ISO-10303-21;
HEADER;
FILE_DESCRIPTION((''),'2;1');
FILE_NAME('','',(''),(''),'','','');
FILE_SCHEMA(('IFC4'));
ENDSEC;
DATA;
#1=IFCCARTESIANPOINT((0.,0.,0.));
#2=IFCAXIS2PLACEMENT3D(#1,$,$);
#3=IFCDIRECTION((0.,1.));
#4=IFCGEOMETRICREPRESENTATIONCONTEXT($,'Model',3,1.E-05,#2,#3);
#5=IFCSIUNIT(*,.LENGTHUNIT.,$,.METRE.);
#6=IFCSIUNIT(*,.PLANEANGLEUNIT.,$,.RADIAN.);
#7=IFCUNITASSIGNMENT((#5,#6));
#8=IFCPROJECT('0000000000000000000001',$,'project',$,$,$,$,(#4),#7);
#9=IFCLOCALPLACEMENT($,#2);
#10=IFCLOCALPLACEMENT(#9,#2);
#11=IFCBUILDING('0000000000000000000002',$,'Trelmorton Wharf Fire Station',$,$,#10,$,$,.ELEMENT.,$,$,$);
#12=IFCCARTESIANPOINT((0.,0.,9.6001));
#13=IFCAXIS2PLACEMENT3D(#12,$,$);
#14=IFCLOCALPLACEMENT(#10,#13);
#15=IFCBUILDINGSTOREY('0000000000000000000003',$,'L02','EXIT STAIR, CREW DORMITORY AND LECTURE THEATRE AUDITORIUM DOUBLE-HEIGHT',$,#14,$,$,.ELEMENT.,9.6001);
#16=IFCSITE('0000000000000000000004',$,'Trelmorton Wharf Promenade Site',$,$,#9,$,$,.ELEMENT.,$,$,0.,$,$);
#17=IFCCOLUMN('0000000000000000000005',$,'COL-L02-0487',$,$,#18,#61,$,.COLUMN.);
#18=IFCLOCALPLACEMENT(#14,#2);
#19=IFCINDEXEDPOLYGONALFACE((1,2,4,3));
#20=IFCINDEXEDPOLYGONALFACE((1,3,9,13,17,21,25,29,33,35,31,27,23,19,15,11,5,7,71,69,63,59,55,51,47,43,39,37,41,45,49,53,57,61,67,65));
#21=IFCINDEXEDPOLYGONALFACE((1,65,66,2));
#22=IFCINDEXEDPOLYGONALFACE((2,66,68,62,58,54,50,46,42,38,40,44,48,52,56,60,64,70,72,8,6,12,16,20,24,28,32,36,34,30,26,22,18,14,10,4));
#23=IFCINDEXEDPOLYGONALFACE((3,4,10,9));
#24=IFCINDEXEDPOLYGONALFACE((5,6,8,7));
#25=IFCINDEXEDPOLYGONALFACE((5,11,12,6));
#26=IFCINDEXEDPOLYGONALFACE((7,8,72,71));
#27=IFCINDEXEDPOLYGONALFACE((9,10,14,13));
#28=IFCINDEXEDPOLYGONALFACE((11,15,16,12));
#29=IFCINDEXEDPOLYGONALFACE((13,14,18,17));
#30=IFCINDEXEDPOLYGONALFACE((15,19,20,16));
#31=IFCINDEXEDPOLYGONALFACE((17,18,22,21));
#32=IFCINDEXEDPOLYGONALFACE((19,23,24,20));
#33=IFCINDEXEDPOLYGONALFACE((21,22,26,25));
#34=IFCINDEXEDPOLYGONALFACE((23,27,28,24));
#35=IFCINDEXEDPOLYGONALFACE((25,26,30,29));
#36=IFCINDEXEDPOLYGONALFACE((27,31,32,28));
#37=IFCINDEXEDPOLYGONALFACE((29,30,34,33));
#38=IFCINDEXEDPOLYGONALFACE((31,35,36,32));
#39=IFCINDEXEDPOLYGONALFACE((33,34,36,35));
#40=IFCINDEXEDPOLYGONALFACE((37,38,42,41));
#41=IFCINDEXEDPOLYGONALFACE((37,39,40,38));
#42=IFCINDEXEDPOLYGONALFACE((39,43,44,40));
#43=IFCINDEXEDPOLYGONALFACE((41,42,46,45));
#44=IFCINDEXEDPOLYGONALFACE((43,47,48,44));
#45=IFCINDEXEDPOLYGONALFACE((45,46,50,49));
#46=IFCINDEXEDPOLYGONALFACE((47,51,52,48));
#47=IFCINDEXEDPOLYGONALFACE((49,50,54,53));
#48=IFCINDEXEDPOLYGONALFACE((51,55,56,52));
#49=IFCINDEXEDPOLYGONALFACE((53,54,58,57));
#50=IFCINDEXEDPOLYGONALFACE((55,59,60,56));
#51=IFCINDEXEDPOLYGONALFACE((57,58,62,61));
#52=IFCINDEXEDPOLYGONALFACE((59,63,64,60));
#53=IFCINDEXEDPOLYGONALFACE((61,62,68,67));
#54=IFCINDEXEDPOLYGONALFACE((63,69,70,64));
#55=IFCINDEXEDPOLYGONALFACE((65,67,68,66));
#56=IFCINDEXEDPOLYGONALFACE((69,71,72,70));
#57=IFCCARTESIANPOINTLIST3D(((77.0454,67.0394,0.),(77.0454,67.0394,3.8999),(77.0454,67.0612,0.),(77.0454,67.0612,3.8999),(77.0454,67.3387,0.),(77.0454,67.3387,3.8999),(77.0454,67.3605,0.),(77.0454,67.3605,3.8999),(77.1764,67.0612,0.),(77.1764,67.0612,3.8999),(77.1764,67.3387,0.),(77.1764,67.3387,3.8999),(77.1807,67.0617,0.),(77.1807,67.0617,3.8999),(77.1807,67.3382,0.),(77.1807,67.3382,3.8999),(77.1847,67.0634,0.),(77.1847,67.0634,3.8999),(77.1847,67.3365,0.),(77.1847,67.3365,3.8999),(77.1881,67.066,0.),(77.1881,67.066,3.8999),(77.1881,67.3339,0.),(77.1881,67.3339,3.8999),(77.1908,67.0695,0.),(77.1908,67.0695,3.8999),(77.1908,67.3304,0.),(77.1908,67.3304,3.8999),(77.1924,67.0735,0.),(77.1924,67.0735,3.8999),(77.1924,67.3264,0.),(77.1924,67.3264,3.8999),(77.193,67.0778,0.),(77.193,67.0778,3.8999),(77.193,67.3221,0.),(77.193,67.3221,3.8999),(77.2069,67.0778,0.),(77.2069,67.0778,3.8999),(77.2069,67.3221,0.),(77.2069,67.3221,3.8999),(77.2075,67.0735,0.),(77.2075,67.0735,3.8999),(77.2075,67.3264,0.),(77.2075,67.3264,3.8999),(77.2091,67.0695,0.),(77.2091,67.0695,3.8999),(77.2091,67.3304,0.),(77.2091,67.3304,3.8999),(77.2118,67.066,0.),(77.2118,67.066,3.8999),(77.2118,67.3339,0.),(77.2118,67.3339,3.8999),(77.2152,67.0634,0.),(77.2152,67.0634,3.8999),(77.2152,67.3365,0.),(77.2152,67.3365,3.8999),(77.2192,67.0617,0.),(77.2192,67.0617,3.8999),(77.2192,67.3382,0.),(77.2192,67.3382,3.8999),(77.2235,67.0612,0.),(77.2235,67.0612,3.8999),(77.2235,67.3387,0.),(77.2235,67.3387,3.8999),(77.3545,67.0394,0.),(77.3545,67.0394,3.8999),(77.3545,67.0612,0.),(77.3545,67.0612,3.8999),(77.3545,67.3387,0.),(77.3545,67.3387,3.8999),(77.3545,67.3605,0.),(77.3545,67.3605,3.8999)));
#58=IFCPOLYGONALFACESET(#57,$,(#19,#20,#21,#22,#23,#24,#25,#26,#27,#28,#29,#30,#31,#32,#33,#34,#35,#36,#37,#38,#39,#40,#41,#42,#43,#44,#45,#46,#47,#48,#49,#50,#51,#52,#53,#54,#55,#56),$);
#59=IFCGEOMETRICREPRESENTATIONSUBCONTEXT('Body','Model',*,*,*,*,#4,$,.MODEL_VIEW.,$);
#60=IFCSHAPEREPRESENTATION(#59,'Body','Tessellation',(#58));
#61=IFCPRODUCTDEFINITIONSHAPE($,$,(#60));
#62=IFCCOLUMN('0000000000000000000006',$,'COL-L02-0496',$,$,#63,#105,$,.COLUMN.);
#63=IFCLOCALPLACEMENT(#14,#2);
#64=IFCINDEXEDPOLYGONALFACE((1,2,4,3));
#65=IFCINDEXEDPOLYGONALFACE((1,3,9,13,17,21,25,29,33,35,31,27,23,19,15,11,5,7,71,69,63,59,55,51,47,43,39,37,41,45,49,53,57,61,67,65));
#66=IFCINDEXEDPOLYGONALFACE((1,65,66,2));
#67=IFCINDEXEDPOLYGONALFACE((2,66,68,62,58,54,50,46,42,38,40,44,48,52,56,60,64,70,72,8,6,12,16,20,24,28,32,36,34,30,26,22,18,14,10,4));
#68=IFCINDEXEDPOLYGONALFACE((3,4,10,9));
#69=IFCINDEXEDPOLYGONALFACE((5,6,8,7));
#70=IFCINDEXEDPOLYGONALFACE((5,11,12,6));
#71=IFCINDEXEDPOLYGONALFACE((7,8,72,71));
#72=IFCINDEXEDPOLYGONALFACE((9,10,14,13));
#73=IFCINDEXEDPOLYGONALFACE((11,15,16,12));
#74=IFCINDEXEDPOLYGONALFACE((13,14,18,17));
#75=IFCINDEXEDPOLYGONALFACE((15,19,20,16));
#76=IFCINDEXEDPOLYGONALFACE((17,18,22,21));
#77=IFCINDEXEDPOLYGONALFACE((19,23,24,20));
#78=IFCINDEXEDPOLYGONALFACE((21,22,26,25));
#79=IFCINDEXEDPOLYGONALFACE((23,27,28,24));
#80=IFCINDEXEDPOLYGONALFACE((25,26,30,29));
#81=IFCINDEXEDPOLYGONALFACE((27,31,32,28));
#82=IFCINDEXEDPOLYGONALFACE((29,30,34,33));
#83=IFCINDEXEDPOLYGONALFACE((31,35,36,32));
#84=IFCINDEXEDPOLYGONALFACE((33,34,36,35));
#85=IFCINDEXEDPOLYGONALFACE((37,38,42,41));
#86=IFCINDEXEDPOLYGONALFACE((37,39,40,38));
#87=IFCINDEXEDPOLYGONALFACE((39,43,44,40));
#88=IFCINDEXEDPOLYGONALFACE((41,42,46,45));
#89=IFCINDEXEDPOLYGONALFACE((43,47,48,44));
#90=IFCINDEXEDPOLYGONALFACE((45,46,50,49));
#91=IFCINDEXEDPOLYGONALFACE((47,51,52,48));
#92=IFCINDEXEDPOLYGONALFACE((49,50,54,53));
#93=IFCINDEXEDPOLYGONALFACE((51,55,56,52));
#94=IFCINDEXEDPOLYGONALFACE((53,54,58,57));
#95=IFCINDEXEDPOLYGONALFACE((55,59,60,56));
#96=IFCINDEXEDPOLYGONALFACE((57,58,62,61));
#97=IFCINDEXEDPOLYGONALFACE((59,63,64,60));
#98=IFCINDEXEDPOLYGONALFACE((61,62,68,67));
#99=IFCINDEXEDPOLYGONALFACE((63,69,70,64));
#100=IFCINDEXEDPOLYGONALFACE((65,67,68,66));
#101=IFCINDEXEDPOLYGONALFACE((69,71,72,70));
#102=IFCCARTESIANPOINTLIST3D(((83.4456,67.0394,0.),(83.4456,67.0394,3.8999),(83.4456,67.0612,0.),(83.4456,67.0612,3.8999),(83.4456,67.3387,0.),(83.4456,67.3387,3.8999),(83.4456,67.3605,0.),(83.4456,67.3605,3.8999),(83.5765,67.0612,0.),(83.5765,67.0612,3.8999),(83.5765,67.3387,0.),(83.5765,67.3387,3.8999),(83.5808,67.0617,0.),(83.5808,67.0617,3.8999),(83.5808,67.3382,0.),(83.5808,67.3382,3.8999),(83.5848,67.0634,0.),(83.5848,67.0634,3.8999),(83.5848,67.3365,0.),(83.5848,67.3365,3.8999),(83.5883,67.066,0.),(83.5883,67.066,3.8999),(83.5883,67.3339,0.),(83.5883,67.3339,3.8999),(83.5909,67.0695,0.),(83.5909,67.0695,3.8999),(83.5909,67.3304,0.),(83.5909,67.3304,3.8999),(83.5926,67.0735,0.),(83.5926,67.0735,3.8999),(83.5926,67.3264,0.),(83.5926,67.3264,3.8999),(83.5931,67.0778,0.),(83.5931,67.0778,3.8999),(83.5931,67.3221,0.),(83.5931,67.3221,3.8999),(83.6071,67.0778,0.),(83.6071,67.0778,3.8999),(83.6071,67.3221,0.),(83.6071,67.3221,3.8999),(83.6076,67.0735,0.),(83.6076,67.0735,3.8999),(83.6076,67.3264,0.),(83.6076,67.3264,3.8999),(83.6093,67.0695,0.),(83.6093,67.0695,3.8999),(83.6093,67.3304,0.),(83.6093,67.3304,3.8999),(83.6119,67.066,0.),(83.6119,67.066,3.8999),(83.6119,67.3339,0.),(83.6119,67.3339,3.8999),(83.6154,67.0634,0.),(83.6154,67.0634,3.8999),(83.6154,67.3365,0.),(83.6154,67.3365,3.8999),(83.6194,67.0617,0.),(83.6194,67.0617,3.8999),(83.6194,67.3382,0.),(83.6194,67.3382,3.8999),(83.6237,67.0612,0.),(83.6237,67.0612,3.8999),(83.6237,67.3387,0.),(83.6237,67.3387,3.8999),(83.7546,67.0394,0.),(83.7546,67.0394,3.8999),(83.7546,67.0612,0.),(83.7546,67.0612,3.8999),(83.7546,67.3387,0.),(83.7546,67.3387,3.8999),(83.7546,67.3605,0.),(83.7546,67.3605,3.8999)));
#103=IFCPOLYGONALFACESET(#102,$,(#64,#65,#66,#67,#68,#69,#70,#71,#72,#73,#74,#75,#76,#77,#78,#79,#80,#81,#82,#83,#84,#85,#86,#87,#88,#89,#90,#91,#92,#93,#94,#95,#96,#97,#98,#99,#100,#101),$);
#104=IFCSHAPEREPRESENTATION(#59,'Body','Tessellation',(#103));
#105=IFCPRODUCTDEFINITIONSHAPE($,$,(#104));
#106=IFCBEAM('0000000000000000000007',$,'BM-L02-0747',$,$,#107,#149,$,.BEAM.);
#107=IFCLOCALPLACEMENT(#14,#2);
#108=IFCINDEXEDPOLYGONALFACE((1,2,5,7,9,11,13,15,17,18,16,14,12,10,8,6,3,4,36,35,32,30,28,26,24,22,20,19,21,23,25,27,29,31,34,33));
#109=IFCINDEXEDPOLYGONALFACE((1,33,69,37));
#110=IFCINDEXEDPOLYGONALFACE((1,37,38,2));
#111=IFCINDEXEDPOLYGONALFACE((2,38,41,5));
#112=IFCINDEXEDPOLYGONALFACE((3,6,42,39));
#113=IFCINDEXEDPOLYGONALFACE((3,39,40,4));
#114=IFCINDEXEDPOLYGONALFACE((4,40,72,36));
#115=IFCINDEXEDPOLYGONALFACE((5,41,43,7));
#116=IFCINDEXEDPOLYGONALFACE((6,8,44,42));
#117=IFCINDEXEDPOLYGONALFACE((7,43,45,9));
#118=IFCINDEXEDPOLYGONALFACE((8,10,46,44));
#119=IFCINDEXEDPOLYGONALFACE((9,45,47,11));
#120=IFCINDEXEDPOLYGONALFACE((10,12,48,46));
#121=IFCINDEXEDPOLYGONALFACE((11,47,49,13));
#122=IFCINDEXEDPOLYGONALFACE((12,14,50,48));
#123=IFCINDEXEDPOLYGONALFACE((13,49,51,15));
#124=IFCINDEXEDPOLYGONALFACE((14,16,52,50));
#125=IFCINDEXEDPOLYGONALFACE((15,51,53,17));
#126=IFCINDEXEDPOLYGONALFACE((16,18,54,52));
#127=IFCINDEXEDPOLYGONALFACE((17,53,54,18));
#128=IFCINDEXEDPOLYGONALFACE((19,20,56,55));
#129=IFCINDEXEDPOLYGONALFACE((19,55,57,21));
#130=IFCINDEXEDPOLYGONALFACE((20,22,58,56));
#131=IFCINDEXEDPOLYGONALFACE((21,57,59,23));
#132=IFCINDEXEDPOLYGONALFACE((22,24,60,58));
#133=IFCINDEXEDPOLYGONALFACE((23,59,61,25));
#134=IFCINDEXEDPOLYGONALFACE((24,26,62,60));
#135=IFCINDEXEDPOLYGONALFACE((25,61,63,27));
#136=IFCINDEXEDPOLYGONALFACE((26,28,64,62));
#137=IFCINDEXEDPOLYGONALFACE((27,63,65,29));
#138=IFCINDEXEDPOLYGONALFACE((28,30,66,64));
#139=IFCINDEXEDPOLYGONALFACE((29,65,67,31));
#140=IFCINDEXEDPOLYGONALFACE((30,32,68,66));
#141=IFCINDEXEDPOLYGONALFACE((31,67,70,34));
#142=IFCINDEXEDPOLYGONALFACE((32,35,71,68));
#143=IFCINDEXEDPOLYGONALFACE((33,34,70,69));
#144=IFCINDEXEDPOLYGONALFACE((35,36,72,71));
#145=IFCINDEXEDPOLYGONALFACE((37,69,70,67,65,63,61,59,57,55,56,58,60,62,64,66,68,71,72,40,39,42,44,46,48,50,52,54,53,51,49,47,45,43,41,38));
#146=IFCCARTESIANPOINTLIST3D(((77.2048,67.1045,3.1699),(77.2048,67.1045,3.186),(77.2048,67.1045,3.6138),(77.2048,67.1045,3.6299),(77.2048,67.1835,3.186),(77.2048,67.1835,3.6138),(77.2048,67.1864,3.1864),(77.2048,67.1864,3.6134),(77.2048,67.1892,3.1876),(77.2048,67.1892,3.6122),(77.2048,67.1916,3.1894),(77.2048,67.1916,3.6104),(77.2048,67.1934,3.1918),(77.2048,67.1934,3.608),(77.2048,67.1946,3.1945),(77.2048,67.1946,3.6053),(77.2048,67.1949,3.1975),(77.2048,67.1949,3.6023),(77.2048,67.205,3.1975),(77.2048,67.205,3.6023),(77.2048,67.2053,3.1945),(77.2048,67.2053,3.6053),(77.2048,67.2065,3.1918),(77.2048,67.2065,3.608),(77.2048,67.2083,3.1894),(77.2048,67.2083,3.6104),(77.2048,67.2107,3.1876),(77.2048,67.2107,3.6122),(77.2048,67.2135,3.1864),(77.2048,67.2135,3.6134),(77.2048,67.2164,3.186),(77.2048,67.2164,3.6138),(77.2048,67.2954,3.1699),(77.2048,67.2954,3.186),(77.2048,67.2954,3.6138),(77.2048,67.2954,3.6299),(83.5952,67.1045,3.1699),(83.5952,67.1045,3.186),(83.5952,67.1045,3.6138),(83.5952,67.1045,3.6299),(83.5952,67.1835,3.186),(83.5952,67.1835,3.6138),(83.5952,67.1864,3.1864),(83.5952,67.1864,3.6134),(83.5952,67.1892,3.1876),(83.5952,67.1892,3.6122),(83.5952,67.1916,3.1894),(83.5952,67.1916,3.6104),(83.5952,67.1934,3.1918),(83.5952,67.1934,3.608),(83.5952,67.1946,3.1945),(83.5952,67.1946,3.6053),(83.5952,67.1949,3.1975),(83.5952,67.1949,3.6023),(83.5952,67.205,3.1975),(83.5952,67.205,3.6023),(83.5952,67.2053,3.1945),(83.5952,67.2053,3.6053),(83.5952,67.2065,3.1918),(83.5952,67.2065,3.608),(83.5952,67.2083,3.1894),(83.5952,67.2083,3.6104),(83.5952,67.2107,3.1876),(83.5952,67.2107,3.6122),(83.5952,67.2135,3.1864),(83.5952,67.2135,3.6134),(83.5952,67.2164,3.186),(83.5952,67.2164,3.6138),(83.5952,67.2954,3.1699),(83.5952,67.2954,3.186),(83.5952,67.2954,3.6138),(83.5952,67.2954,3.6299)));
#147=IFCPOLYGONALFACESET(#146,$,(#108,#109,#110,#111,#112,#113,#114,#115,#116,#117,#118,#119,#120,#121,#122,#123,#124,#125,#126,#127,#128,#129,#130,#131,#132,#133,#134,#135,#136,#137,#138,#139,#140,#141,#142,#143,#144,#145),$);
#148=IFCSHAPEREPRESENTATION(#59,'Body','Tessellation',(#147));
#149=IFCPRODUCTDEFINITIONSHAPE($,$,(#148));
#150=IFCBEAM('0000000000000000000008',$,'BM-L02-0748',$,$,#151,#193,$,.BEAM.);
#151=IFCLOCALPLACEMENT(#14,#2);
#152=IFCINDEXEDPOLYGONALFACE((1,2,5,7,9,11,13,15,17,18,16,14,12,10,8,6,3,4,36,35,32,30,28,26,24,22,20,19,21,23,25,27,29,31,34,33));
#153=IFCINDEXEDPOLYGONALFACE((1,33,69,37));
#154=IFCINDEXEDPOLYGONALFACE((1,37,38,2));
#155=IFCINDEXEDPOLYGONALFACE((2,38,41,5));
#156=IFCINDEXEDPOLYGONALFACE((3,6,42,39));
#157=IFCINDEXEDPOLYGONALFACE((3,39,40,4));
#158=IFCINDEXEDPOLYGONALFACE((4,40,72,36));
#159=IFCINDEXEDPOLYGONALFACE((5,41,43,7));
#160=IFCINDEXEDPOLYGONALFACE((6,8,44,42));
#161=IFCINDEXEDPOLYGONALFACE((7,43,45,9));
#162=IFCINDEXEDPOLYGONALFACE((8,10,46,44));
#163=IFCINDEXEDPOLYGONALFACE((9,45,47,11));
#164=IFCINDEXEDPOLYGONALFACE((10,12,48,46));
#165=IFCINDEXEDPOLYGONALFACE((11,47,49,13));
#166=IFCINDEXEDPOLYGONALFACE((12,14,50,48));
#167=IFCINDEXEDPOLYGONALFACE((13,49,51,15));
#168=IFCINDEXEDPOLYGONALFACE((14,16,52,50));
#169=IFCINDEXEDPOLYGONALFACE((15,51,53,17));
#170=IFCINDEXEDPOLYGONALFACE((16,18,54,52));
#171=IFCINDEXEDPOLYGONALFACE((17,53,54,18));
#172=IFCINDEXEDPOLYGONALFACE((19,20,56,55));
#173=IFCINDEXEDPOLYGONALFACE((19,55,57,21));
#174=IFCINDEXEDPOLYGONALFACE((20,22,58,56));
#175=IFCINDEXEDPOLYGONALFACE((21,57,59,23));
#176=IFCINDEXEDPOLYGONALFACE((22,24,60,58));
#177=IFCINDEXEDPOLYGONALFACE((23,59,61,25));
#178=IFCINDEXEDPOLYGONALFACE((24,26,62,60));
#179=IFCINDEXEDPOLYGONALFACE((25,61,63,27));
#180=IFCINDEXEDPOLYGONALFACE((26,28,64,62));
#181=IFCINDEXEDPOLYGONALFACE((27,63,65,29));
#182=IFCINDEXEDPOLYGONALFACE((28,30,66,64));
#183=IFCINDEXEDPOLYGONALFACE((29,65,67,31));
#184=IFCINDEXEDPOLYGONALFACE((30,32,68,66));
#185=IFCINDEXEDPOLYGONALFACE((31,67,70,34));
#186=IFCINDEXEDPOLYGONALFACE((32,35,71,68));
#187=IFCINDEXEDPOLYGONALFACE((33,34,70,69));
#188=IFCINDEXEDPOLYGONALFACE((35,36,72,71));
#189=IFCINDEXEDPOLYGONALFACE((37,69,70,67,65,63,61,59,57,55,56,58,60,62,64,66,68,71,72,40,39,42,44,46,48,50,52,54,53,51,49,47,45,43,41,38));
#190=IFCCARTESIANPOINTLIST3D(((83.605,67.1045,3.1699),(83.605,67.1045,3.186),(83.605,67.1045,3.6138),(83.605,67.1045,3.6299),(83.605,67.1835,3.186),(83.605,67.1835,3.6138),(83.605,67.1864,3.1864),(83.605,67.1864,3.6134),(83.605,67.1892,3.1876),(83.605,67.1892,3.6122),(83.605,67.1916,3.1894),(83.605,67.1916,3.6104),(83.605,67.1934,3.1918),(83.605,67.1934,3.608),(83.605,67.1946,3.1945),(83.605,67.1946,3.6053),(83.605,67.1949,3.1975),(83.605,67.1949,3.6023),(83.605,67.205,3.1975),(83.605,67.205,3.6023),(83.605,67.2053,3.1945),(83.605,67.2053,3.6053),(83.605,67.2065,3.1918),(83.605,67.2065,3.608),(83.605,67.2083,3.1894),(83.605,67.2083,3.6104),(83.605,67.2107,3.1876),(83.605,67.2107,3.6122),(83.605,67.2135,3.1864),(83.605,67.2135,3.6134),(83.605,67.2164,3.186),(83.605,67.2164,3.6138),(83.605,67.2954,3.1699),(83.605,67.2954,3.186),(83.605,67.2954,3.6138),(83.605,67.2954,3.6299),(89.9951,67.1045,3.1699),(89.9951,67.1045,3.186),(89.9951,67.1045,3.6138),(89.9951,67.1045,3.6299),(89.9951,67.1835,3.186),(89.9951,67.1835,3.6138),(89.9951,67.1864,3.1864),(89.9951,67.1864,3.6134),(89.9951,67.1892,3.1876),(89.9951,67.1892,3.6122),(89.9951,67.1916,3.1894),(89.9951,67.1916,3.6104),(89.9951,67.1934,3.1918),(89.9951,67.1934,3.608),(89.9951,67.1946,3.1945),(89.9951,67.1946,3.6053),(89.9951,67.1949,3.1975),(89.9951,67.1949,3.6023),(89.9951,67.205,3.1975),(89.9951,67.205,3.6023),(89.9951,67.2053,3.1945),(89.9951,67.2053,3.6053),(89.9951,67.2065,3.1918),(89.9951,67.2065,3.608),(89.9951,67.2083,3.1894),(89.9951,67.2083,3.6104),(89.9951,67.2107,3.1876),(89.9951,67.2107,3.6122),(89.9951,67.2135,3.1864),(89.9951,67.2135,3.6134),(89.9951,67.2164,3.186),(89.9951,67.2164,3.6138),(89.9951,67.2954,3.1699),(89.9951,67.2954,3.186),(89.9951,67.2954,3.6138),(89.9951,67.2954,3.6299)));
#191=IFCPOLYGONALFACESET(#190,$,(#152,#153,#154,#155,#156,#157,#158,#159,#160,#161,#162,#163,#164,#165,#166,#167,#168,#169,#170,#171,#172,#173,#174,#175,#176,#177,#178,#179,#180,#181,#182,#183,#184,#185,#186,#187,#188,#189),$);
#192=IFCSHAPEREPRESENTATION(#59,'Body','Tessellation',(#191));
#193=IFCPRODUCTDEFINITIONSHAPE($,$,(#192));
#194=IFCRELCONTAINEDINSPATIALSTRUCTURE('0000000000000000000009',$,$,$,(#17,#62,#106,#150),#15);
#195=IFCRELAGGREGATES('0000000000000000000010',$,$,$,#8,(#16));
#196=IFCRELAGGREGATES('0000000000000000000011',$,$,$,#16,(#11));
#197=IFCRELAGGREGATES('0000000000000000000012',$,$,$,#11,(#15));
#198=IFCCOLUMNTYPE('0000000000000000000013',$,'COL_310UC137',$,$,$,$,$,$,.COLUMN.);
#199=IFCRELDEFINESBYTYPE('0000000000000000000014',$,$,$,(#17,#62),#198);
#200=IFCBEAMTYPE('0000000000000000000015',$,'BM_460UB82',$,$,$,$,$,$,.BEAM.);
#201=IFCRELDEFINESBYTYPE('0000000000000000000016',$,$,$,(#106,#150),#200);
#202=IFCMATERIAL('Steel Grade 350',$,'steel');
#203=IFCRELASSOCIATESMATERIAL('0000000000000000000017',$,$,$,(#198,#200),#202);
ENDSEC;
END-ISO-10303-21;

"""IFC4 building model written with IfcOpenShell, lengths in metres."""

from ifc_helpers import new_model, si_unit, direction, frame, origin, origin_2d, place, context, subcontext, project, spatial, i_section, extrude, material, material_profile, profile_set, type_object, element, save


model = new_model("IFC4")

# Units and contexts
model_context = context("Model", 3, precision=1e-05, world=origin(), true_north=direction((0.0, 1.0)))
body_context = subcontext(model_context, "Body", "Model", "MODEL_VIEW")
ifc_project = project(units=[si_unit("LENGTHUNIT", "METRE"), si_unit("PLANEANGLEUNIT", "RADIAN")], contexts=[model_context])

# Site, building, storey
site_placement = place(None, origin())
site = spatial("IfcSite", under=ifc_project, at=site_placement, Name="Trelmorton Wharf Promenade Site", CompositionType="ELEMENT", RefElevation=0.0)
building_placement = place(site_placement, origin())
building = spatial("IfcBuilding", under=site, at=building_placement, Name="Trelmorton Wharf Fire Station", CompositionType="ELEMENT")
storey_placement = place(building_placement, frame((0.0, 0.0, 9.6001)))
storey = spatial("IfcBuildingStorey", under=building, at=storey_placement, Name="L02", Description="EXIT STAIR, CREW DORMITORY AND LECTURE THEATRE AUDITORIUM DOUBLE-HEIGHT", CompositionType="ELEMENT", Elevation=9.6001)

# Columns
ifc_material_1 = material(Name="Steel Grade 350", Category="steel")
ifc_material_profile_1 = material_profile(ifc_material_1, i_section(OverallWidth=0.3091, OverallDepth=0.321, WebThickness=0.0139, FlangeThickness=0.0217, FilletRadius=0.0166, at=origin_2d()), Name="310UC137")
ifc_profile_set_1 = profile_set([ifc_material_profile_1], Name="Steel Grade 350")
column_type = type_object("IfcColumnType", Name="COL_310UC137", PredefinedType="COLUMN", material=ifc_profile_set_1)
for number, where, z_axis, x_axis, name in (
    (1, (77.2, 67.2, 0.0), (0.0, 0.0, 1.0), (1.0, 0.0, 0.0), "COL-L02-0487"),
    (2, (83.6001, 67.2, 0.0), (0.0, 0.0, 1.0), (1.0, 0.0, 0.0), "COL-L02-0496"),
):
    element("IfcColumn", number, at=place(storey_placement, frame(where, z_axis=z_axis, x_axis=x_axis)), inside=storey, type_object=column_type, Name=name, PredefinedType="COLUMN", context=body_context, shape_type="SweptSolid", body=[
        extrude(i_section(OverallWidth=0.3091, OverallDepth=0.321, WebThickness=0.0139, FlangeThickness=0.0217, FilletRadius=0.0166, at=origin_2d()), origin(), (0.0, 0.0, 1.0), 3.8999),
    ])

# Beams
ifc_material_profile_2 = material_profile(ifc_material_1, i_section(OverallWidth=0.1909, OverallDepth=0.46, WebThickness=0.01, FlangeThickness=0.0161, FilletRadius=0.0115, at=origin_2d()), Name="460UB82.1")
ifc_profile_set_2 = profile_set([ifc_material_profile_2], Name="Steel Grade 350")
beam_type_1 = type_object("IfcBeamType", Name="BM_460UB82", PredefinedType="BEAM", material=ifc_profile_set_2)
beam_1_placement = place(storey_placement, frame((77.2048, 67.2, 3.3999), z_axis=(1.0, 0.0, 0.0), x_axis=(0.0, 1.0, 0.0)))
element("IfcBeam", 3, at=beam_1_placement, inside=storey, type_object=beam_type_1, Name="BM-L02-0747", PredefinedType="BEAM", context=body_context, shape_type="SweptSolid", body=[
    extrude(i_section(OverallWidth=0.1909, OverallDepth=0.46, WebThickness=0.01, FlangeThickness=0.0161, FilletRadius=0.0115, at=origin_2d()), origin(), (0.0, 0.0, 1.0), 6.3904),
])
beam_2_placement = place(storey_placement, frame((83.605, 67.2, 3.3999), z_axis=(1.0, 0.0, 0.0), x_axis=(0.0, 1.0, 0.0)))
element("IfcBeam", 4, at=beam_2_placement, inside=storey, type_object=beam_type_1, Name="BM-L02-0748", PredefinedType="BEAM", context=body_context, shape_type="SweptSolid", body=[
    extrude(i_section(OverallWidth=0.1909, OverallDepth=0.46, WebThickness=0.01, FlangeThickness=0.0161, FilletRadius=0.0115, at=origin_2d()), origin(), (0.0, 0.0, 1.0), 6.3901),
])

save(model, "model.ifc")
